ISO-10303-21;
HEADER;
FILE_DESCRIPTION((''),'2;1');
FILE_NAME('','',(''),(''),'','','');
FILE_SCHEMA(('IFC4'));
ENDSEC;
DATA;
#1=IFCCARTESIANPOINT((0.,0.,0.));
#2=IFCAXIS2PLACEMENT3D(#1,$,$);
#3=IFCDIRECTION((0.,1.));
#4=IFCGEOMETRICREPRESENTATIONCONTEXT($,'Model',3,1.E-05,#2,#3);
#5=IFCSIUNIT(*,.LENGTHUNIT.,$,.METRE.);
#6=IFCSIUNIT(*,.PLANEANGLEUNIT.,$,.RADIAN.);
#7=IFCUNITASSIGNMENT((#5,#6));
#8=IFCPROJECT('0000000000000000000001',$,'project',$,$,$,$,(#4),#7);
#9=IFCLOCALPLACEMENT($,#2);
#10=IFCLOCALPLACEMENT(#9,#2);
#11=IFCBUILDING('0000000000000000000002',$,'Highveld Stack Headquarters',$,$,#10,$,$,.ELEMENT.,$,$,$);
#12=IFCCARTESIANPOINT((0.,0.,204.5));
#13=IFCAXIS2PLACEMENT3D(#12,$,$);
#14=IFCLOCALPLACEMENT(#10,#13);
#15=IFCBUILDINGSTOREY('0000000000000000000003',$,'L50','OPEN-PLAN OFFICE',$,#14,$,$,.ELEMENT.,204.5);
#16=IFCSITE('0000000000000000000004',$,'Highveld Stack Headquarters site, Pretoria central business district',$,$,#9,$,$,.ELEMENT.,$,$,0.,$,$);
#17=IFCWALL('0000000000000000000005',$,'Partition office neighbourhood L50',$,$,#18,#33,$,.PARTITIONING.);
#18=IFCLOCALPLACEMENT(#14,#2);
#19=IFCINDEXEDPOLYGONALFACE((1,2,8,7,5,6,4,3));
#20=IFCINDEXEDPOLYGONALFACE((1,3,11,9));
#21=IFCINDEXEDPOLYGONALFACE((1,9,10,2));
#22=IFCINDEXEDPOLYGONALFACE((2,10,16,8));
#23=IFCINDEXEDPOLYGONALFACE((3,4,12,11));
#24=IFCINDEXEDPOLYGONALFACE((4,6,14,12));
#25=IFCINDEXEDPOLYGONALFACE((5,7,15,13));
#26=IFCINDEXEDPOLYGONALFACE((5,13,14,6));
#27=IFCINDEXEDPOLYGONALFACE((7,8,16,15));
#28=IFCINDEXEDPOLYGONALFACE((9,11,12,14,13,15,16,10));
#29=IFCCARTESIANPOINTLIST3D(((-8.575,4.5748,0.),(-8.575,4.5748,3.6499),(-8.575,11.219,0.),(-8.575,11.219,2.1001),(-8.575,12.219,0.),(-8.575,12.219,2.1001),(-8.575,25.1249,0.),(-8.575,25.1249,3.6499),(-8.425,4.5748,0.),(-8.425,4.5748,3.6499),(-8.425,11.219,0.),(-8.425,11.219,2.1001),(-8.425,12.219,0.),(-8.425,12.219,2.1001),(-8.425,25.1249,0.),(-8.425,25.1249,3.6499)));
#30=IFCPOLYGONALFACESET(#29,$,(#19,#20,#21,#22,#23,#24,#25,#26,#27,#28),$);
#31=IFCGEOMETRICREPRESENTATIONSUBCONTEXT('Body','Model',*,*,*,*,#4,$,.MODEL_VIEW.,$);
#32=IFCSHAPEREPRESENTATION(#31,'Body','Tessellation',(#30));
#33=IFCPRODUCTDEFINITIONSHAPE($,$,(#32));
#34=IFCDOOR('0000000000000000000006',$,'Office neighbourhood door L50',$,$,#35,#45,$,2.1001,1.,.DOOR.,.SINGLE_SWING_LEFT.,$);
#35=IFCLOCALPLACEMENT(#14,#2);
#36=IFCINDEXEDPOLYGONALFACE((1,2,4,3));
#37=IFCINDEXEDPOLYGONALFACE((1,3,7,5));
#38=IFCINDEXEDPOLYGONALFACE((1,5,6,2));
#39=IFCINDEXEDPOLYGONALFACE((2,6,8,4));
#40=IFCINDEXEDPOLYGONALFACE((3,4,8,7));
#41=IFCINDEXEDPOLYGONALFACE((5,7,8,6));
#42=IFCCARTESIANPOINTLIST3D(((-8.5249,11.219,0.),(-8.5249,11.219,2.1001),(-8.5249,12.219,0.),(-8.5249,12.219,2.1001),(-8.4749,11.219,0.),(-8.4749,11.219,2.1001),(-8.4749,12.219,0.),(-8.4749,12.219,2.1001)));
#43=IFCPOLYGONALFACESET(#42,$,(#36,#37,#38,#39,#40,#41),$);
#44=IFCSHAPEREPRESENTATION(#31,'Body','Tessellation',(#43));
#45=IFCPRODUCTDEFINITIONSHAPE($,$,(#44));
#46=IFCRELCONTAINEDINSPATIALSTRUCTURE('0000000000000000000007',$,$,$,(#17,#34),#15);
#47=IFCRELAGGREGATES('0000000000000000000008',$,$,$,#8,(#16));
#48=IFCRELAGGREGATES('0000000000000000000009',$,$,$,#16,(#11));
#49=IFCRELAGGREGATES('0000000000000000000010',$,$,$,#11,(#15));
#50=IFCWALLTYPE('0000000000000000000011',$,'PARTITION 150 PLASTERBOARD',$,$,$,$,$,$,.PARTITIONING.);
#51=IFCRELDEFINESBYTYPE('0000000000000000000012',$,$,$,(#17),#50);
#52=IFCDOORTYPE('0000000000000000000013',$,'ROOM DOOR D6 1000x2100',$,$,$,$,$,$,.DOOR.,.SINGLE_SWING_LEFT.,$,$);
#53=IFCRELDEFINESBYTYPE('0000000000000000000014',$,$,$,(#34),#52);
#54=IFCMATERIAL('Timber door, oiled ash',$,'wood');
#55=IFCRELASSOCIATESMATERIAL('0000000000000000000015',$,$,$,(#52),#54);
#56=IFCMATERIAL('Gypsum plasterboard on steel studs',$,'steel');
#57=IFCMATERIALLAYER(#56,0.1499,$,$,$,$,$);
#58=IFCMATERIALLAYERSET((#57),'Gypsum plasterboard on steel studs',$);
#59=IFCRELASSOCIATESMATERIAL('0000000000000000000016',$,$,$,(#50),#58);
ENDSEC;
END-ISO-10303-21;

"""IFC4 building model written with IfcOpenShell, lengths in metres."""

from ifc_helpers import new_model, si_unit, direction, frame, frame_2d, origin, place, context, subcontext, project, spatial, rectangle, extrude, material, layer, layer_set, type_object, element, fill, save


model = new_model("IFC4")

# Units and contexts
model_context = context("Model", 3, precision=1e-05, world=origin(), true_north=direction((0.0, 1.0)))
body_context = subcontext(model_context, "Body", "Model", "MODEL_VIEW")
ifc_project = project(units=[si_unit("LENGTHUNIT", "METRE"), si_unit("PLANEANGLEUNIT", "RADIAN")], contexts=[model_context])

# Site, building, storey
site_placement = place(None, origin())
site = spatial("IfcSite", under=ifc_project, at=site_placement, Name="Highveld Stack Headquarters site, Pretoria central business district", CompositionType="ELEMENT", RefElevation=0.0)
building_placement = place(site_placement, origin())
building = spatial("IfcBuilding", under=site, at=building_placement, Name="Highveld Stack Headquarters", CompositionType="ELEMENT")
storey_placement = place(building_placement, frame((0.0, 0.0, 204.5)))
storey = spatial("IfcBuildingStorey", under=building, at=storey_placement, Name="L50", Description="OPEN-PLAN OFFICE", CompositionType="ELEMENT", Elevation=204.5)

# Shared definitions
ifc_material_1 = material(Name="Timber door, oiled ash", Category="wood")
door_type_1 = type_object("IfcDoorType", Name="ROOM DOOR D6 1000x2100", OperationType="SINGLE_SWING_LEFT", PredefinedType="DOOR", material=ifc_material_1)

# Shared definitions
ifc_material_2 = material(Name="Gypsum plasterboard on steel studs", Category="steel")
ifc_layer_1 = layer(ifc_material_2, 0.1499)
ifc_layer_set_1 = layer_set([ifc_layer_1], Name="Gypsum plasterboard on steel studs")
wall_type_1 = type_object("IfcWallType", Name="PARTITION 150 PLASTERBOARD", PredefinedType="PARTITIONING", material=ifc_layer_set_1)

# Wall, opening, door
wall_1_placement = place(storey_placement, frame((-8.5, 4.575, 0.0), z_axis=(0.0, 0.0, 1.0), x_axis=(0.0, 1.0, 0.0)))
wall_1 = element("IfcWall", 1, at=wall_1_placement, inside=storey, type_object=wall_type_1, Name="Partition office neighbourhood L50", PredefinedType="PARTITIONING", context=body_context, shape_type="SweptSolid", body=[
    extrude(rectangle(XDim=20.55, YDim=0.1499, at=frame_2d((10.2749, 0.0))), origin(), (0.0, 0.0, 1.0), 3.6499),
])
opening_1_placement = place(wall_1_placement, frame((6.644, 0.0, 0.0)))
opening_1 = element("IfcOpeningElement", 2, at=opening_1_placement, cuts=wall_1, PredefinedType="OPENING", context=body_context, shape_type="SweptSolid", body=[
    extrude(rectangle(XDim=1.0, YDim=2.1001, at=frame_2d((0.5, 1.05))), frame((0.0, 0.085, 0.0), z_axis=(0.0, -1.0, 0.0), x_axis=(1.0, 0.0, 0.0)), (0.0, 0.0, 1.0), 0.1699),
])
door_1_placement = place(opening_1_placement, origin())
door_1 = element("IfcDoor", 3, at=door_1_placement, inside=storey, type_object=door_type_1, Name="Office neighbourhood door L50", OperationType="SINGLE_SWING_LEFT", OverallHeight=2.1001, OverallWidth=1.0, PredefinedType="DOOR", context=body_context, shape_type="SweptSolid", body=[
    extrude(rectangle(XDim=1.0, YDim=2.1001, at=frame_2d((0.5, 1.05))), frame((0.0, 0.0249, 0.0), z_axis=(0.0, -1.0, 0.0), x_axis=(1.0, 0.0, 0.0)), (0.0, 0.0, 1.0), 0.05),
])
fill(opening_1, door_1)

save(model, "model.ifc")
